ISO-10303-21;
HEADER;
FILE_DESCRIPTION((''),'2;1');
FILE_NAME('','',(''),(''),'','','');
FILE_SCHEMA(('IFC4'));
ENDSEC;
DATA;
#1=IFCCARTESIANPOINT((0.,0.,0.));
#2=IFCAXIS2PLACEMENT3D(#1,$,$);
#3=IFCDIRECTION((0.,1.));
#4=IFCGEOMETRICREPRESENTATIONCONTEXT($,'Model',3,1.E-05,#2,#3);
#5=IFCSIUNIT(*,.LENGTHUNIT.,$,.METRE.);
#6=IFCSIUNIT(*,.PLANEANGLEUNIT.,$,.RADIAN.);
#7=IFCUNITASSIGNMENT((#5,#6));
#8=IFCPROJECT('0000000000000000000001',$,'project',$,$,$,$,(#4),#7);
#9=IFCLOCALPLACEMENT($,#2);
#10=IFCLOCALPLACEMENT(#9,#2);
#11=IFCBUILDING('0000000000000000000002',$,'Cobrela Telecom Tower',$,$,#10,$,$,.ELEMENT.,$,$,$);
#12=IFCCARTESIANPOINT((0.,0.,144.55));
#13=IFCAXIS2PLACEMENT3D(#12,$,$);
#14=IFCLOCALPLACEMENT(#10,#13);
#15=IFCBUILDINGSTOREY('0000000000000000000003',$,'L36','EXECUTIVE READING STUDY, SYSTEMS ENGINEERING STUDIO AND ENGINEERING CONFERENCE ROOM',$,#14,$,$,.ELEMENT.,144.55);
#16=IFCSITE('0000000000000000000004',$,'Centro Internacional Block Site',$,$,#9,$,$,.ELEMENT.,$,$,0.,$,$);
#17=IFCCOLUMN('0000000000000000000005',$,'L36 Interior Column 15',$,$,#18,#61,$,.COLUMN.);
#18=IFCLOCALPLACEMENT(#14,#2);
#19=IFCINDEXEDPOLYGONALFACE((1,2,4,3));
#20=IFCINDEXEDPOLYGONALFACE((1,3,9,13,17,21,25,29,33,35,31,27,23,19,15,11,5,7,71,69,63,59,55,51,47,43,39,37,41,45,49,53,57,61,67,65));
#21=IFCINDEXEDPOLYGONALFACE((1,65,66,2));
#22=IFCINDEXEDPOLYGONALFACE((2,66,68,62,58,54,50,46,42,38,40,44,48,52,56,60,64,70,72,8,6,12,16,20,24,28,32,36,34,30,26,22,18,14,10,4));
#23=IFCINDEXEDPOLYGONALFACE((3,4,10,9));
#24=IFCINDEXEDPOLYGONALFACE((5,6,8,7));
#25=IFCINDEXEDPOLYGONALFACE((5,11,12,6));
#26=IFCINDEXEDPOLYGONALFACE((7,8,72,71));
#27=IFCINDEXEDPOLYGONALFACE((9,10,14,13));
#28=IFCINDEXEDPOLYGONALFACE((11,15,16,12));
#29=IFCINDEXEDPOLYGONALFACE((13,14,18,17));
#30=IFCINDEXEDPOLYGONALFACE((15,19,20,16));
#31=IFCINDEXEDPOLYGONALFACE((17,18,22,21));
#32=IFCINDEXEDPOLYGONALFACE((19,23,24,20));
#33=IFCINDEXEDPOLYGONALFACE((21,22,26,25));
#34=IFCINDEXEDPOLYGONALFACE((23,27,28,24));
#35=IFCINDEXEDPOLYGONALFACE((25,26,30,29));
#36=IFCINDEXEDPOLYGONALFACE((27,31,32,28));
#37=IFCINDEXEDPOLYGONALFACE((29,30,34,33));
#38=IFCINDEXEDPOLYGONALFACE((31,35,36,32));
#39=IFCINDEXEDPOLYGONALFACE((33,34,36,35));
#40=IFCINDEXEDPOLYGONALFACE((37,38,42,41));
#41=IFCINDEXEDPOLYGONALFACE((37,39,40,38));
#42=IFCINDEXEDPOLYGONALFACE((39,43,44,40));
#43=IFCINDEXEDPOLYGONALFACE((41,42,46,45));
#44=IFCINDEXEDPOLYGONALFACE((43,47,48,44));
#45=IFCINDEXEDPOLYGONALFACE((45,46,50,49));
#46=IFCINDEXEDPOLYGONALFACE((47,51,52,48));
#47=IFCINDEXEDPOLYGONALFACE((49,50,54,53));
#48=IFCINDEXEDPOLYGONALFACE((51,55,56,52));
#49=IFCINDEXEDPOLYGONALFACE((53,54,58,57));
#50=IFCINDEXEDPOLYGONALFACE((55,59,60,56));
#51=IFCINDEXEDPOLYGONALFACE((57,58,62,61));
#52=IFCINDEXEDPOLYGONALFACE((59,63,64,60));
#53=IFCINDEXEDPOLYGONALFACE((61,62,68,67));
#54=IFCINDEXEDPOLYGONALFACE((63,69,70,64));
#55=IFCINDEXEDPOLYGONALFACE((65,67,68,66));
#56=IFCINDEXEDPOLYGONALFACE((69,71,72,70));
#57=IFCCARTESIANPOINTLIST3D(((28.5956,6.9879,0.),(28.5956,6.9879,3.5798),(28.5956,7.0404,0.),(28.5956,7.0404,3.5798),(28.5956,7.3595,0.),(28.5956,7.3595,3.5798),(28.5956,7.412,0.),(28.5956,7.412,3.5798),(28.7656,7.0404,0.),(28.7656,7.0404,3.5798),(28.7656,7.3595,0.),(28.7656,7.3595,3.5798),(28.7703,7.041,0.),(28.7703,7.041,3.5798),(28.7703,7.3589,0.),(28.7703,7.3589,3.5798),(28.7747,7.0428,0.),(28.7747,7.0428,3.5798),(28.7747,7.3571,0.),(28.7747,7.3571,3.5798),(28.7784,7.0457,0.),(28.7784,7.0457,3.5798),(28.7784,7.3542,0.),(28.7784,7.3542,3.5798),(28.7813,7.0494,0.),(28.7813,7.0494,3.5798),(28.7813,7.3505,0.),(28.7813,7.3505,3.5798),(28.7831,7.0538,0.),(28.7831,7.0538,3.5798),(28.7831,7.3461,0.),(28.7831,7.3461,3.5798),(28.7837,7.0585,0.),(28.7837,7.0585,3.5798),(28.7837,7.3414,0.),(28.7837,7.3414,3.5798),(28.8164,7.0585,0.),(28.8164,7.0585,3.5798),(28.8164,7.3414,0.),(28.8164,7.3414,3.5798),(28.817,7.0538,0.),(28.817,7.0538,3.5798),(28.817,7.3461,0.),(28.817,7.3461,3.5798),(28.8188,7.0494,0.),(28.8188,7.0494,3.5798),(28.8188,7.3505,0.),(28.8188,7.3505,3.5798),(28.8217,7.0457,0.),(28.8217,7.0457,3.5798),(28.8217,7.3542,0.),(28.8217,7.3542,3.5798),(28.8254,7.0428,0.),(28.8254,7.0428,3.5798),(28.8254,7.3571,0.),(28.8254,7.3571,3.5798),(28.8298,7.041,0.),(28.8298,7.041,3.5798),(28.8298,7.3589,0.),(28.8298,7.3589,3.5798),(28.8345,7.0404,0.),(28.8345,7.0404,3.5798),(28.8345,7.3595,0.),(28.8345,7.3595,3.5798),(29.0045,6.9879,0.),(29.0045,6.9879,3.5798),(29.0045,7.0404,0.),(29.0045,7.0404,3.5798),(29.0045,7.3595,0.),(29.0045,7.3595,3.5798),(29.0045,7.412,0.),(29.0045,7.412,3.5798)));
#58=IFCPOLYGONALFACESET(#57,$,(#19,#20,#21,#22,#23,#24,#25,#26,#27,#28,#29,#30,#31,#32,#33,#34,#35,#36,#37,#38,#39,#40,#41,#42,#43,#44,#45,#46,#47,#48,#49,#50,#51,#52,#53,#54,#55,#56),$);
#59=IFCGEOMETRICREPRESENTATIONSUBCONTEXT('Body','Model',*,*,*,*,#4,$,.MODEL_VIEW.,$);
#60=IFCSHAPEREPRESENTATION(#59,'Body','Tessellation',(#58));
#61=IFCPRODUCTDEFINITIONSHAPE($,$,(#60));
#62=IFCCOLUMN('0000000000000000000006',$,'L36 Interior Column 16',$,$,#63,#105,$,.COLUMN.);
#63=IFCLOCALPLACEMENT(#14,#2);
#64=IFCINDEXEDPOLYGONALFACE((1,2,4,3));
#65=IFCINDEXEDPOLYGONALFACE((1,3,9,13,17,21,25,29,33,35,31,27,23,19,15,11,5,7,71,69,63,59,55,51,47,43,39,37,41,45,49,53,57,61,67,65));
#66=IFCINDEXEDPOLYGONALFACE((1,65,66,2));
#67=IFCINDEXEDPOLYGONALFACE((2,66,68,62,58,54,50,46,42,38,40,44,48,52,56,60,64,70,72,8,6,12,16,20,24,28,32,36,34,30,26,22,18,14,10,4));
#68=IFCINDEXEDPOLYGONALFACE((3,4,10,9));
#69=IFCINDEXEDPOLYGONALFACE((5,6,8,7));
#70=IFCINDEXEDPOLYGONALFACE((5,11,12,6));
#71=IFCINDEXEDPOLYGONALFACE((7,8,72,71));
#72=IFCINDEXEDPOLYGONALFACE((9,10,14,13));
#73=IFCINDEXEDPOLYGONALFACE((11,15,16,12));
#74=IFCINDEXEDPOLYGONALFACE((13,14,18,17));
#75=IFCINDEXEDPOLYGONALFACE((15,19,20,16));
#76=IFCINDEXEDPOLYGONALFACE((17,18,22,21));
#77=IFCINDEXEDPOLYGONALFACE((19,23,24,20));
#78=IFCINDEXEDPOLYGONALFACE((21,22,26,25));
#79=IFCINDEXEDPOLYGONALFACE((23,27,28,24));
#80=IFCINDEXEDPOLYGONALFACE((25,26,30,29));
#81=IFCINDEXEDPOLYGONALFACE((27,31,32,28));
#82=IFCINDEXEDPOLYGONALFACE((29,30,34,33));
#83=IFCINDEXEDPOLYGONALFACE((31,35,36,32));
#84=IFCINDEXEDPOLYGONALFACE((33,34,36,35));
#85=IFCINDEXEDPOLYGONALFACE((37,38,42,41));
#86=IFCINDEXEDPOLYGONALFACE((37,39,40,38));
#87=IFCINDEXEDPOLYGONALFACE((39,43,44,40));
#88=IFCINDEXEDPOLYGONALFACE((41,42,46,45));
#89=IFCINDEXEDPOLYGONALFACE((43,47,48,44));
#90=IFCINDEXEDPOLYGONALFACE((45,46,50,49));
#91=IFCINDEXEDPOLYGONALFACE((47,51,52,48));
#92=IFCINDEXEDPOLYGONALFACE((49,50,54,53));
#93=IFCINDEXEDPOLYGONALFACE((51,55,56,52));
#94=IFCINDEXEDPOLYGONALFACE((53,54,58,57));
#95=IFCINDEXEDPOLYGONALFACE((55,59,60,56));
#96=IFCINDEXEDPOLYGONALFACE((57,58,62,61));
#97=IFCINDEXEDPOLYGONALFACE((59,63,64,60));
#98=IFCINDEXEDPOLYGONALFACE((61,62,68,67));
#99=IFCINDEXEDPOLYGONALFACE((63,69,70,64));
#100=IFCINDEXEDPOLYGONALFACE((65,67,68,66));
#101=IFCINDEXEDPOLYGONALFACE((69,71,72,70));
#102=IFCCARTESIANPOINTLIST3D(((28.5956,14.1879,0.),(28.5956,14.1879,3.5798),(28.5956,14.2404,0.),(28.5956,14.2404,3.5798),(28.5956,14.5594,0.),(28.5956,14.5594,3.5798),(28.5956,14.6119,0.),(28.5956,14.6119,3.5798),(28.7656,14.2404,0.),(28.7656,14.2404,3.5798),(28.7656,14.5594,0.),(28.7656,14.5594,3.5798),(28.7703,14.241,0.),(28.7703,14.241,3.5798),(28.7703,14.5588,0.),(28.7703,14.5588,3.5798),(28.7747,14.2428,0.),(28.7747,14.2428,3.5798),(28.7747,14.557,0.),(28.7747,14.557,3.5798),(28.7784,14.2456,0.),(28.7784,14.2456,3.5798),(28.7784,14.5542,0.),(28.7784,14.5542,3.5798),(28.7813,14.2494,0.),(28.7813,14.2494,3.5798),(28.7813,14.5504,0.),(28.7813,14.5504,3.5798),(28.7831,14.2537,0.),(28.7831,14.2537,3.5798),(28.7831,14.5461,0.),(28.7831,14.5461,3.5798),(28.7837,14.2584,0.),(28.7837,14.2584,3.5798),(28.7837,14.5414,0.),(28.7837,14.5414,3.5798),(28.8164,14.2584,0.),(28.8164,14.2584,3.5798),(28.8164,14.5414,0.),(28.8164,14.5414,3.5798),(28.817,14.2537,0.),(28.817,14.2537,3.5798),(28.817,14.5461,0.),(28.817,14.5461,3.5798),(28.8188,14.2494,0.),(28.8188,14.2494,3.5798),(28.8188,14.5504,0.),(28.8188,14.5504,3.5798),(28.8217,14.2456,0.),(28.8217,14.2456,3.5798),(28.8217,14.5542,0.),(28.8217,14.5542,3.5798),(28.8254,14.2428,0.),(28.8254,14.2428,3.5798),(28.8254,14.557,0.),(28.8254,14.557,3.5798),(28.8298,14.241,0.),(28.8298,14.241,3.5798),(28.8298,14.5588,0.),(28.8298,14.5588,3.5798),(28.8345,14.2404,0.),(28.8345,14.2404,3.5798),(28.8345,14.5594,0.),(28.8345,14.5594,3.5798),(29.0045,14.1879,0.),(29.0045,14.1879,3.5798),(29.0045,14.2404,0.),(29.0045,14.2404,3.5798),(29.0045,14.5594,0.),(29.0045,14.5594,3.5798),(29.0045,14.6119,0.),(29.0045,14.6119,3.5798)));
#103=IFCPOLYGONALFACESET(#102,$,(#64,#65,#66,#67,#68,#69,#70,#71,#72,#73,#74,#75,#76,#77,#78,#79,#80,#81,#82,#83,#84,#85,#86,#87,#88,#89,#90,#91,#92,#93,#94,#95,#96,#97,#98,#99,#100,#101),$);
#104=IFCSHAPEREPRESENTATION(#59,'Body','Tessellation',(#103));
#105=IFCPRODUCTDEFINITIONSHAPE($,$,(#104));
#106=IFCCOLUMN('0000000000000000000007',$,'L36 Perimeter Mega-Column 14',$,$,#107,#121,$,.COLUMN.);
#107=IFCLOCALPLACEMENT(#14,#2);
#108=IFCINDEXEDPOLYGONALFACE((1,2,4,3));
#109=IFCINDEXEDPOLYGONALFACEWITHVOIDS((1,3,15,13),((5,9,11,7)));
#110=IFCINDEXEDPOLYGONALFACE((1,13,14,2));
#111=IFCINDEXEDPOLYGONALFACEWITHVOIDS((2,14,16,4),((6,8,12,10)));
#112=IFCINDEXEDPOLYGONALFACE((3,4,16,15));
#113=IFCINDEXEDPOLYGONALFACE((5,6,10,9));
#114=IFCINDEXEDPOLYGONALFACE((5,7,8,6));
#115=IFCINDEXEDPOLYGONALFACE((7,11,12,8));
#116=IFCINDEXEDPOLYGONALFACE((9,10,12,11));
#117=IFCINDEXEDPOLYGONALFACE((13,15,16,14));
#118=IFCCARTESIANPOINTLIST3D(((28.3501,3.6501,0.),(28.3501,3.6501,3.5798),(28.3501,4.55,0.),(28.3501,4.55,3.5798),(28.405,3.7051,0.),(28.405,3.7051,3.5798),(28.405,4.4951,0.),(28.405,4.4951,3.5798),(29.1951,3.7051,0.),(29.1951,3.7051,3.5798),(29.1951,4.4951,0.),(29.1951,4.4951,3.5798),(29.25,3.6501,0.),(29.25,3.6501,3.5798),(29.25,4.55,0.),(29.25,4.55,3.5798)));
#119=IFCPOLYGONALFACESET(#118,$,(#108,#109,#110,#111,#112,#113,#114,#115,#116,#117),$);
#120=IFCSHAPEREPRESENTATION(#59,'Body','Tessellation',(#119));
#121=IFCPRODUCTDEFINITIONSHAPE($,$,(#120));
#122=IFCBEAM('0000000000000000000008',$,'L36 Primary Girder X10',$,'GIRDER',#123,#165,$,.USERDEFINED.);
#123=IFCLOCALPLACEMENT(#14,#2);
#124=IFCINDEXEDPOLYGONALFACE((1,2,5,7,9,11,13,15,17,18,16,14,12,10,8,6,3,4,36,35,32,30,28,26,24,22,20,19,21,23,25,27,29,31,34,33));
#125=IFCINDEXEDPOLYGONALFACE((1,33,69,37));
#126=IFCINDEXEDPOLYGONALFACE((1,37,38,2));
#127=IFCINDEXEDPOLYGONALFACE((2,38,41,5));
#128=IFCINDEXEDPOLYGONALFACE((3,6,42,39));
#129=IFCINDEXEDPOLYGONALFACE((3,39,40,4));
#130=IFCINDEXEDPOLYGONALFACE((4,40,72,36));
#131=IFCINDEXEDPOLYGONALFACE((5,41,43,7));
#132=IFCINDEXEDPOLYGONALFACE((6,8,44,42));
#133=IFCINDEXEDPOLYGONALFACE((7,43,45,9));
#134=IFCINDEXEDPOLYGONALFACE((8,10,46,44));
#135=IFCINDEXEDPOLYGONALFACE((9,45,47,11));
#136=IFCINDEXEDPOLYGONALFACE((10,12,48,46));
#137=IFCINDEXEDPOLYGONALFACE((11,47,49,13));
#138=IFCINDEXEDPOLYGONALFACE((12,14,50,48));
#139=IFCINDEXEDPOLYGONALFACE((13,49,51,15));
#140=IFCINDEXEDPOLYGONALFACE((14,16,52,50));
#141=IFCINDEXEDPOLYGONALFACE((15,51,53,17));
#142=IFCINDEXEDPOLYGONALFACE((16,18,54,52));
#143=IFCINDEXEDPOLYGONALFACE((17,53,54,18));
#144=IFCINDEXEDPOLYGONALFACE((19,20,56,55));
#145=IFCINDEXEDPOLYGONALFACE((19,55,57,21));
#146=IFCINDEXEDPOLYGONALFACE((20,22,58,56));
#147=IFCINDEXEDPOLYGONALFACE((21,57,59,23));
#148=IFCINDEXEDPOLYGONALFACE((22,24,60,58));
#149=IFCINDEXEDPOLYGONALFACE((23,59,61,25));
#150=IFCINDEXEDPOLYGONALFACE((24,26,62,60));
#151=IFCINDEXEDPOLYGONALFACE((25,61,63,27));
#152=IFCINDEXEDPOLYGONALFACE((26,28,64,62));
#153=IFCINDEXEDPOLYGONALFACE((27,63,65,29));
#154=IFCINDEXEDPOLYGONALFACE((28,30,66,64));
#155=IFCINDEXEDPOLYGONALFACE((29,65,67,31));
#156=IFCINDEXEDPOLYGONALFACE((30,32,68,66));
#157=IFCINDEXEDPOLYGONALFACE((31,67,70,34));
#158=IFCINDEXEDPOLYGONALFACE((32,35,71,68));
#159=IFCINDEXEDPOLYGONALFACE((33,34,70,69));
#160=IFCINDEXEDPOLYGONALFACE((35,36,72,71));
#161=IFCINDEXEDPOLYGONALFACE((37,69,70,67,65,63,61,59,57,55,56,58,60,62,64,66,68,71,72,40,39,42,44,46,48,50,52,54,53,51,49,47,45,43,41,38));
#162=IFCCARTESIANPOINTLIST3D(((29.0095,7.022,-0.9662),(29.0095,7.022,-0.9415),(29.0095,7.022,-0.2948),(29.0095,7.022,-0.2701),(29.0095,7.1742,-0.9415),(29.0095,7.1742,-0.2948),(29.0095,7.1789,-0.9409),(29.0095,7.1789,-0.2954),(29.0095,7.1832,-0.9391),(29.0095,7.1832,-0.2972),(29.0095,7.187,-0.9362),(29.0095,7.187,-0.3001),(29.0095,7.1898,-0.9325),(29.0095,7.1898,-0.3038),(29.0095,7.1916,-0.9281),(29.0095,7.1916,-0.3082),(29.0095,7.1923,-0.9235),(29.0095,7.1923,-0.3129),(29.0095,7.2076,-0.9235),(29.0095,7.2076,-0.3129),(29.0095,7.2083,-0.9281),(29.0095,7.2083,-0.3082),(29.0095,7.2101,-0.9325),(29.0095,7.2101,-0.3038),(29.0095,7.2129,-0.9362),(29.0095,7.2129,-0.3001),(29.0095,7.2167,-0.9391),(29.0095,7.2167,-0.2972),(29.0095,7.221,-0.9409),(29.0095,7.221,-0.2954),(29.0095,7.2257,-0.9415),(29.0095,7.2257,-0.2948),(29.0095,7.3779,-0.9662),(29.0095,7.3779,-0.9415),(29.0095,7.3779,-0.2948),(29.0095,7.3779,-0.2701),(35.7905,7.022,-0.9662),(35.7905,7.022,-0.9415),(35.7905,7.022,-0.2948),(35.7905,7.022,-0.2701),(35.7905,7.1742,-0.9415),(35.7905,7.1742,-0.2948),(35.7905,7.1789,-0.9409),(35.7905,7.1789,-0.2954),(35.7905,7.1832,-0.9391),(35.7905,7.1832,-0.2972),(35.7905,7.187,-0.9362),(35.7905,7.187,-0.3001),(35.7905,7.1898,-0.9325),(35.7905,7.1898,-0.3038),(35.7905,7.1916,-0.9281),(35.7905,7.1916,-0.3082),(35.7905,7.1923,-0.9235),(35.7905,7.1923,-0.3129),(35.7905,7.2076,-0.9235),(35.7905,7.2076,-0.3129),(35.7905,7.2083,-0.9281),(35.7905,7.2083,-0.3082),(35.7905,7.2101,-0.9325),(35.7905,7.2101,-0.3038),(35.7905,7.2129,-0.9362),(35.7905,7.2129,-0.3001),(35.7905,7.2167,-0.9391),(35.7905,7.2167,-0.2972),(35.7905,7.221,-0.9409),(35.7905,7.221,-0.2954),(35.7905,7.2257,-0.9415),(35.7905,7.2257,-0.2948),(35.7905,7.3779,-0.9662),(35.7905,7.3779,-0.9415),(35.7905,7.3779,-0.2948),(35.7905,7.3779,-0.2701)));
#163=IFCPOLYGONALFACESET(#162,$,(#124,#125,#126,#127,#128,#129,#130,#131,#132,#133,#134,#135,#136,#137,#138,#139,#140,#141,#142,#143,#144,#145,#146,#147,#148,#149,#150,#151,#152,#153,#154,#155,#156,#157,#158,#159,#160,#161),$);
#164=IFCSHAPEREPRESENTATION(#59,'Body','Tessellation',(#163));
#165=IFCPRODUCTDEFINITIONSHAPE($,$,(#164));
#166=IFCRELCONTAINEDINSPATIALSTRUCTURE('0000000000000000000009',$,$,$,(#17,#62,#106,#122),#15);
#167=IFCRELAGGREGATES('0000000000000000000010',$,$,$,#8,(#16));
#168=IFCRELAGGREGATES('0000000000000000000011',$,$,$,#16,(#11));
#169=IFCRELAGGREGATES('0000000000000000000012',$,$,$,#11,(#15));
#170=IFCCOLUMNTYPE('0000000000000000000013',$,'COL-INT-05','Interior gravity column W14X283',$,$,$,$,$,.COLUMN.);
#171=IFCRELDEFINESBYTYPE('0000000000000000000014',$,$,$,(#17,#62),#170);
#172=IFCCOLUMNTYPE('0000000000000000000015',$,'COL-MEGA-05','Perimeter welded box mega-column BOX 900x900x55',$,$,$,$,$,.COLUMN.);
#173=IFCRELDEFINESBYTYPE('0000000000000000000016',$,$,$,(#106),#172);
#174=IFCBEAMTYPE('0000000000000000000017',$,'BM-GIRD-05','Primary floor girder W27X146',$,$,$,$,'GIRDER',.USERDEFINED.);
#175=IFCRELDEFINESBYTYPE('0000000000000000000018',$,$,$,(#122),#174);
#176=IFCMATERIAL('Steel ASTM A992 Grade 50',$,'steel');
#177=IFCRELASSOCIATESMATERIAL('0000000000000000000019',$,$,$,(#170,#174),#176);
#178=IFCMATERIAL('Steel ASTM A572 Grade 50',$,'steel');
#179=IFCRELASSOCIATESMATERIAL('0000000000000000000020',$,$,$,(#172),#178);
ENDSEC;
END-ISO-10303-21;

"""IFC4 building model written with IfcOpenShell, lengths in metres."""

from ifc_helpers import new_model, si_unit, direction, frame, origin, origin_2d, place, context, subcontext, project, spatial, hollow_rectangle, i_section, extrude, material, material_profile, profile_set, type_object, element, save


model = new_model("IFC4")

# Units and contexts
model_context = context("Model", 3, precision=1e-05, world=origin(), true_north=direction((0.0, 1.0)))
body_context = subcontext(model_context, "Body", "Model", "MODEL_VIEW")
ifc_project = project(units=[si_unit("LENGTHUNIT", "METRE"), si_unit("PLANEANGLEUNIT", "RADIAN")], contexts=[model_context])

# Site, building, storey
site_placement = place(None, origin())
site = spatial("IfcSite", under=ifc_project, at=site_placement, Name="Centro Internacional Block Site", CompositionType="ELEMENT", RefElevation=0.0)
building_placement = place(site_placement, origin())
building = spatial("IfcBuilding", under=site, at=building_placement, Name="Cobrela Telecom Tower", CompositionType="ELEMENT")
storey_placement = place(building_placement, frame((0.0, 0.0, 144.55)))
storey = spatial("IfcBuildingStorey", under=building, at=storey_placement, Name="L36", Description="EXECUTIVE READING STUDY, SYSTEMS ENGINEERING STUDIO AND ENGINEERING CONFERENCE ROOM", CompositionType="ELEMENT", Elevation=144.55)

# Columns
ifc_material_1 = material(Name="Steel ASTM A992 Grade 50", Category="steel")
ifc_material_profile_1 = material_profile(ifc_material_1, i_section(OverallWidth=0.4089, OverallDepth=0.4241, WebThickness=0.0327, FlangeThickness=0.0525, FilletRadius=0.0181, at=origin_2d()), Name="W14X283")
ifc_profile_set_1 = profile_set([ifc_material_profile_1], Name="Steel ASTM A992 Grade 50")
column_type_1 = type_object("IfcColumnType", Name="COL-INT-05", Description="Interior gravity column W14X283", PredefinedType="COLUMN", material=ifc_profile_set_1)
for number, where, z_axis, x_axis, name in (
    (1, (28.8, 7.2, 0.0), (0.0, 0.0, 1.0), (1.0, 0.0, 0.0), "L36 Interior Column 15"),
    (2, (28.8, 14.3999, 0.0), (0.0, 0.0, 1.0), (1.0, 0.0, 0.0), "L36 Interior Column 16"),
):
    element("IfcColumn", number, at=place(storey_placement, frame(where, z_axis=z_axis, x_axis=x_axis)), inside=storey, type_object=column_type_1, Name=name, PredefinedType="COLUMN", context=body_context, shape_type="SweptSolid", body=[
        extrude(i_section(OverallWidth=0.4089, OverallDepth=0.4241, WebThickness=0.0327, FlangeThickness=0.0525, FilletRadius=0.0181, at=origin_2d()), origin(), (0.0, 0.0, 1.0), 3.5798),
    ])
ifc_material_2 = material(Name="Steel ASTM A572 Grade 50", Category="steel")
ifc_material_profile_2 = material_profile(ifc_material_2, hollow_rectangle(XDim=0.8999, YDim=0.8999, WallThickness=0.0549, at=origin_2d()), Name="BOX 900x900x55")
ifc_profile_set_2 = profile_set([ifc_material_profile_2], Name="Steel ASTM A572 Grade 50")
column_type_2 = type_object("IfcColumnType", Name="COL-MEGA-05", Description="Perimeter welded box mega-column BOX 900x900x55", PredefinedType="COLUMN", material=ifc_profile_set_2)
column_placement = place(storey_placement, frame((28.8, 4.1001, 0.0), z_axis=(0.0, 0.0, 1.0), x_axis=(1.0, 0.0, 0.0)))
element("IfcColumn", 3, at=column_placement, inside=storey, type_object=column_type_2, Name="L36 Perimeter Mega-Column 14", PredefinedType="COLUMN", context=body_context, shape_type="SweptSolid", body=[
    extrude(hollow_rectangle(XDim=0.8999, YDim=0.8999, WallThickness=0.0549, at=origin_2d()), origin(), (0.0, 0.0, 1.0), 3.5798),
])

# Beam
ifc_material_profile_3 = material_profile(ifc_material_1, i_section(OverallWidth=0.356, OverallDepth=0.696, WebThickness=0.0154, FlangeThickness=0.0247, FilletRadius=0.0181, at=origin_2d()), Name="W27X146")
ifc_profile_set_3 = profile_set([ifc_material_profile_3], Name="Steel ASTM A992 Grade 50")
beam_type_1 = type_object("IfcBeamType", Name="BM-GIRD-05", Description="Primary floor girder W27X146", ElementType="GIRDER", PredefinedType="USERDEFINED", material=ifc_profile_set_3)
for number, where, z_axis, x_axis, name in (
    (4, (29.0095, 7.2, -0.6182), (1.0, 0.0, 0.0), (0.0, 1.0, 0.0), "L36 Primary Girder X10"),
):
    element("IfcBeam", number, at=place(storey_placement, frame(where, z_axis=z_axis, x_axis=x_axis)), inside=storey, type_object=beam_type_1, Name=name, ObjectType="GIRDER", PredefinedType="USERDEFINED", context=body_context, shape_type="SweptSolid", body=[
        extrude(i_section(OverallWidth=0.356, OverallDepth=0.696, WebThickness=0.0154, FlangeThickness=0.0247, FilletRadius=0.0181, at=origin_2d()), origin(), (0.0, 0.0, 1.0), 6.781),
    ])

save(model, "model.ifc")
